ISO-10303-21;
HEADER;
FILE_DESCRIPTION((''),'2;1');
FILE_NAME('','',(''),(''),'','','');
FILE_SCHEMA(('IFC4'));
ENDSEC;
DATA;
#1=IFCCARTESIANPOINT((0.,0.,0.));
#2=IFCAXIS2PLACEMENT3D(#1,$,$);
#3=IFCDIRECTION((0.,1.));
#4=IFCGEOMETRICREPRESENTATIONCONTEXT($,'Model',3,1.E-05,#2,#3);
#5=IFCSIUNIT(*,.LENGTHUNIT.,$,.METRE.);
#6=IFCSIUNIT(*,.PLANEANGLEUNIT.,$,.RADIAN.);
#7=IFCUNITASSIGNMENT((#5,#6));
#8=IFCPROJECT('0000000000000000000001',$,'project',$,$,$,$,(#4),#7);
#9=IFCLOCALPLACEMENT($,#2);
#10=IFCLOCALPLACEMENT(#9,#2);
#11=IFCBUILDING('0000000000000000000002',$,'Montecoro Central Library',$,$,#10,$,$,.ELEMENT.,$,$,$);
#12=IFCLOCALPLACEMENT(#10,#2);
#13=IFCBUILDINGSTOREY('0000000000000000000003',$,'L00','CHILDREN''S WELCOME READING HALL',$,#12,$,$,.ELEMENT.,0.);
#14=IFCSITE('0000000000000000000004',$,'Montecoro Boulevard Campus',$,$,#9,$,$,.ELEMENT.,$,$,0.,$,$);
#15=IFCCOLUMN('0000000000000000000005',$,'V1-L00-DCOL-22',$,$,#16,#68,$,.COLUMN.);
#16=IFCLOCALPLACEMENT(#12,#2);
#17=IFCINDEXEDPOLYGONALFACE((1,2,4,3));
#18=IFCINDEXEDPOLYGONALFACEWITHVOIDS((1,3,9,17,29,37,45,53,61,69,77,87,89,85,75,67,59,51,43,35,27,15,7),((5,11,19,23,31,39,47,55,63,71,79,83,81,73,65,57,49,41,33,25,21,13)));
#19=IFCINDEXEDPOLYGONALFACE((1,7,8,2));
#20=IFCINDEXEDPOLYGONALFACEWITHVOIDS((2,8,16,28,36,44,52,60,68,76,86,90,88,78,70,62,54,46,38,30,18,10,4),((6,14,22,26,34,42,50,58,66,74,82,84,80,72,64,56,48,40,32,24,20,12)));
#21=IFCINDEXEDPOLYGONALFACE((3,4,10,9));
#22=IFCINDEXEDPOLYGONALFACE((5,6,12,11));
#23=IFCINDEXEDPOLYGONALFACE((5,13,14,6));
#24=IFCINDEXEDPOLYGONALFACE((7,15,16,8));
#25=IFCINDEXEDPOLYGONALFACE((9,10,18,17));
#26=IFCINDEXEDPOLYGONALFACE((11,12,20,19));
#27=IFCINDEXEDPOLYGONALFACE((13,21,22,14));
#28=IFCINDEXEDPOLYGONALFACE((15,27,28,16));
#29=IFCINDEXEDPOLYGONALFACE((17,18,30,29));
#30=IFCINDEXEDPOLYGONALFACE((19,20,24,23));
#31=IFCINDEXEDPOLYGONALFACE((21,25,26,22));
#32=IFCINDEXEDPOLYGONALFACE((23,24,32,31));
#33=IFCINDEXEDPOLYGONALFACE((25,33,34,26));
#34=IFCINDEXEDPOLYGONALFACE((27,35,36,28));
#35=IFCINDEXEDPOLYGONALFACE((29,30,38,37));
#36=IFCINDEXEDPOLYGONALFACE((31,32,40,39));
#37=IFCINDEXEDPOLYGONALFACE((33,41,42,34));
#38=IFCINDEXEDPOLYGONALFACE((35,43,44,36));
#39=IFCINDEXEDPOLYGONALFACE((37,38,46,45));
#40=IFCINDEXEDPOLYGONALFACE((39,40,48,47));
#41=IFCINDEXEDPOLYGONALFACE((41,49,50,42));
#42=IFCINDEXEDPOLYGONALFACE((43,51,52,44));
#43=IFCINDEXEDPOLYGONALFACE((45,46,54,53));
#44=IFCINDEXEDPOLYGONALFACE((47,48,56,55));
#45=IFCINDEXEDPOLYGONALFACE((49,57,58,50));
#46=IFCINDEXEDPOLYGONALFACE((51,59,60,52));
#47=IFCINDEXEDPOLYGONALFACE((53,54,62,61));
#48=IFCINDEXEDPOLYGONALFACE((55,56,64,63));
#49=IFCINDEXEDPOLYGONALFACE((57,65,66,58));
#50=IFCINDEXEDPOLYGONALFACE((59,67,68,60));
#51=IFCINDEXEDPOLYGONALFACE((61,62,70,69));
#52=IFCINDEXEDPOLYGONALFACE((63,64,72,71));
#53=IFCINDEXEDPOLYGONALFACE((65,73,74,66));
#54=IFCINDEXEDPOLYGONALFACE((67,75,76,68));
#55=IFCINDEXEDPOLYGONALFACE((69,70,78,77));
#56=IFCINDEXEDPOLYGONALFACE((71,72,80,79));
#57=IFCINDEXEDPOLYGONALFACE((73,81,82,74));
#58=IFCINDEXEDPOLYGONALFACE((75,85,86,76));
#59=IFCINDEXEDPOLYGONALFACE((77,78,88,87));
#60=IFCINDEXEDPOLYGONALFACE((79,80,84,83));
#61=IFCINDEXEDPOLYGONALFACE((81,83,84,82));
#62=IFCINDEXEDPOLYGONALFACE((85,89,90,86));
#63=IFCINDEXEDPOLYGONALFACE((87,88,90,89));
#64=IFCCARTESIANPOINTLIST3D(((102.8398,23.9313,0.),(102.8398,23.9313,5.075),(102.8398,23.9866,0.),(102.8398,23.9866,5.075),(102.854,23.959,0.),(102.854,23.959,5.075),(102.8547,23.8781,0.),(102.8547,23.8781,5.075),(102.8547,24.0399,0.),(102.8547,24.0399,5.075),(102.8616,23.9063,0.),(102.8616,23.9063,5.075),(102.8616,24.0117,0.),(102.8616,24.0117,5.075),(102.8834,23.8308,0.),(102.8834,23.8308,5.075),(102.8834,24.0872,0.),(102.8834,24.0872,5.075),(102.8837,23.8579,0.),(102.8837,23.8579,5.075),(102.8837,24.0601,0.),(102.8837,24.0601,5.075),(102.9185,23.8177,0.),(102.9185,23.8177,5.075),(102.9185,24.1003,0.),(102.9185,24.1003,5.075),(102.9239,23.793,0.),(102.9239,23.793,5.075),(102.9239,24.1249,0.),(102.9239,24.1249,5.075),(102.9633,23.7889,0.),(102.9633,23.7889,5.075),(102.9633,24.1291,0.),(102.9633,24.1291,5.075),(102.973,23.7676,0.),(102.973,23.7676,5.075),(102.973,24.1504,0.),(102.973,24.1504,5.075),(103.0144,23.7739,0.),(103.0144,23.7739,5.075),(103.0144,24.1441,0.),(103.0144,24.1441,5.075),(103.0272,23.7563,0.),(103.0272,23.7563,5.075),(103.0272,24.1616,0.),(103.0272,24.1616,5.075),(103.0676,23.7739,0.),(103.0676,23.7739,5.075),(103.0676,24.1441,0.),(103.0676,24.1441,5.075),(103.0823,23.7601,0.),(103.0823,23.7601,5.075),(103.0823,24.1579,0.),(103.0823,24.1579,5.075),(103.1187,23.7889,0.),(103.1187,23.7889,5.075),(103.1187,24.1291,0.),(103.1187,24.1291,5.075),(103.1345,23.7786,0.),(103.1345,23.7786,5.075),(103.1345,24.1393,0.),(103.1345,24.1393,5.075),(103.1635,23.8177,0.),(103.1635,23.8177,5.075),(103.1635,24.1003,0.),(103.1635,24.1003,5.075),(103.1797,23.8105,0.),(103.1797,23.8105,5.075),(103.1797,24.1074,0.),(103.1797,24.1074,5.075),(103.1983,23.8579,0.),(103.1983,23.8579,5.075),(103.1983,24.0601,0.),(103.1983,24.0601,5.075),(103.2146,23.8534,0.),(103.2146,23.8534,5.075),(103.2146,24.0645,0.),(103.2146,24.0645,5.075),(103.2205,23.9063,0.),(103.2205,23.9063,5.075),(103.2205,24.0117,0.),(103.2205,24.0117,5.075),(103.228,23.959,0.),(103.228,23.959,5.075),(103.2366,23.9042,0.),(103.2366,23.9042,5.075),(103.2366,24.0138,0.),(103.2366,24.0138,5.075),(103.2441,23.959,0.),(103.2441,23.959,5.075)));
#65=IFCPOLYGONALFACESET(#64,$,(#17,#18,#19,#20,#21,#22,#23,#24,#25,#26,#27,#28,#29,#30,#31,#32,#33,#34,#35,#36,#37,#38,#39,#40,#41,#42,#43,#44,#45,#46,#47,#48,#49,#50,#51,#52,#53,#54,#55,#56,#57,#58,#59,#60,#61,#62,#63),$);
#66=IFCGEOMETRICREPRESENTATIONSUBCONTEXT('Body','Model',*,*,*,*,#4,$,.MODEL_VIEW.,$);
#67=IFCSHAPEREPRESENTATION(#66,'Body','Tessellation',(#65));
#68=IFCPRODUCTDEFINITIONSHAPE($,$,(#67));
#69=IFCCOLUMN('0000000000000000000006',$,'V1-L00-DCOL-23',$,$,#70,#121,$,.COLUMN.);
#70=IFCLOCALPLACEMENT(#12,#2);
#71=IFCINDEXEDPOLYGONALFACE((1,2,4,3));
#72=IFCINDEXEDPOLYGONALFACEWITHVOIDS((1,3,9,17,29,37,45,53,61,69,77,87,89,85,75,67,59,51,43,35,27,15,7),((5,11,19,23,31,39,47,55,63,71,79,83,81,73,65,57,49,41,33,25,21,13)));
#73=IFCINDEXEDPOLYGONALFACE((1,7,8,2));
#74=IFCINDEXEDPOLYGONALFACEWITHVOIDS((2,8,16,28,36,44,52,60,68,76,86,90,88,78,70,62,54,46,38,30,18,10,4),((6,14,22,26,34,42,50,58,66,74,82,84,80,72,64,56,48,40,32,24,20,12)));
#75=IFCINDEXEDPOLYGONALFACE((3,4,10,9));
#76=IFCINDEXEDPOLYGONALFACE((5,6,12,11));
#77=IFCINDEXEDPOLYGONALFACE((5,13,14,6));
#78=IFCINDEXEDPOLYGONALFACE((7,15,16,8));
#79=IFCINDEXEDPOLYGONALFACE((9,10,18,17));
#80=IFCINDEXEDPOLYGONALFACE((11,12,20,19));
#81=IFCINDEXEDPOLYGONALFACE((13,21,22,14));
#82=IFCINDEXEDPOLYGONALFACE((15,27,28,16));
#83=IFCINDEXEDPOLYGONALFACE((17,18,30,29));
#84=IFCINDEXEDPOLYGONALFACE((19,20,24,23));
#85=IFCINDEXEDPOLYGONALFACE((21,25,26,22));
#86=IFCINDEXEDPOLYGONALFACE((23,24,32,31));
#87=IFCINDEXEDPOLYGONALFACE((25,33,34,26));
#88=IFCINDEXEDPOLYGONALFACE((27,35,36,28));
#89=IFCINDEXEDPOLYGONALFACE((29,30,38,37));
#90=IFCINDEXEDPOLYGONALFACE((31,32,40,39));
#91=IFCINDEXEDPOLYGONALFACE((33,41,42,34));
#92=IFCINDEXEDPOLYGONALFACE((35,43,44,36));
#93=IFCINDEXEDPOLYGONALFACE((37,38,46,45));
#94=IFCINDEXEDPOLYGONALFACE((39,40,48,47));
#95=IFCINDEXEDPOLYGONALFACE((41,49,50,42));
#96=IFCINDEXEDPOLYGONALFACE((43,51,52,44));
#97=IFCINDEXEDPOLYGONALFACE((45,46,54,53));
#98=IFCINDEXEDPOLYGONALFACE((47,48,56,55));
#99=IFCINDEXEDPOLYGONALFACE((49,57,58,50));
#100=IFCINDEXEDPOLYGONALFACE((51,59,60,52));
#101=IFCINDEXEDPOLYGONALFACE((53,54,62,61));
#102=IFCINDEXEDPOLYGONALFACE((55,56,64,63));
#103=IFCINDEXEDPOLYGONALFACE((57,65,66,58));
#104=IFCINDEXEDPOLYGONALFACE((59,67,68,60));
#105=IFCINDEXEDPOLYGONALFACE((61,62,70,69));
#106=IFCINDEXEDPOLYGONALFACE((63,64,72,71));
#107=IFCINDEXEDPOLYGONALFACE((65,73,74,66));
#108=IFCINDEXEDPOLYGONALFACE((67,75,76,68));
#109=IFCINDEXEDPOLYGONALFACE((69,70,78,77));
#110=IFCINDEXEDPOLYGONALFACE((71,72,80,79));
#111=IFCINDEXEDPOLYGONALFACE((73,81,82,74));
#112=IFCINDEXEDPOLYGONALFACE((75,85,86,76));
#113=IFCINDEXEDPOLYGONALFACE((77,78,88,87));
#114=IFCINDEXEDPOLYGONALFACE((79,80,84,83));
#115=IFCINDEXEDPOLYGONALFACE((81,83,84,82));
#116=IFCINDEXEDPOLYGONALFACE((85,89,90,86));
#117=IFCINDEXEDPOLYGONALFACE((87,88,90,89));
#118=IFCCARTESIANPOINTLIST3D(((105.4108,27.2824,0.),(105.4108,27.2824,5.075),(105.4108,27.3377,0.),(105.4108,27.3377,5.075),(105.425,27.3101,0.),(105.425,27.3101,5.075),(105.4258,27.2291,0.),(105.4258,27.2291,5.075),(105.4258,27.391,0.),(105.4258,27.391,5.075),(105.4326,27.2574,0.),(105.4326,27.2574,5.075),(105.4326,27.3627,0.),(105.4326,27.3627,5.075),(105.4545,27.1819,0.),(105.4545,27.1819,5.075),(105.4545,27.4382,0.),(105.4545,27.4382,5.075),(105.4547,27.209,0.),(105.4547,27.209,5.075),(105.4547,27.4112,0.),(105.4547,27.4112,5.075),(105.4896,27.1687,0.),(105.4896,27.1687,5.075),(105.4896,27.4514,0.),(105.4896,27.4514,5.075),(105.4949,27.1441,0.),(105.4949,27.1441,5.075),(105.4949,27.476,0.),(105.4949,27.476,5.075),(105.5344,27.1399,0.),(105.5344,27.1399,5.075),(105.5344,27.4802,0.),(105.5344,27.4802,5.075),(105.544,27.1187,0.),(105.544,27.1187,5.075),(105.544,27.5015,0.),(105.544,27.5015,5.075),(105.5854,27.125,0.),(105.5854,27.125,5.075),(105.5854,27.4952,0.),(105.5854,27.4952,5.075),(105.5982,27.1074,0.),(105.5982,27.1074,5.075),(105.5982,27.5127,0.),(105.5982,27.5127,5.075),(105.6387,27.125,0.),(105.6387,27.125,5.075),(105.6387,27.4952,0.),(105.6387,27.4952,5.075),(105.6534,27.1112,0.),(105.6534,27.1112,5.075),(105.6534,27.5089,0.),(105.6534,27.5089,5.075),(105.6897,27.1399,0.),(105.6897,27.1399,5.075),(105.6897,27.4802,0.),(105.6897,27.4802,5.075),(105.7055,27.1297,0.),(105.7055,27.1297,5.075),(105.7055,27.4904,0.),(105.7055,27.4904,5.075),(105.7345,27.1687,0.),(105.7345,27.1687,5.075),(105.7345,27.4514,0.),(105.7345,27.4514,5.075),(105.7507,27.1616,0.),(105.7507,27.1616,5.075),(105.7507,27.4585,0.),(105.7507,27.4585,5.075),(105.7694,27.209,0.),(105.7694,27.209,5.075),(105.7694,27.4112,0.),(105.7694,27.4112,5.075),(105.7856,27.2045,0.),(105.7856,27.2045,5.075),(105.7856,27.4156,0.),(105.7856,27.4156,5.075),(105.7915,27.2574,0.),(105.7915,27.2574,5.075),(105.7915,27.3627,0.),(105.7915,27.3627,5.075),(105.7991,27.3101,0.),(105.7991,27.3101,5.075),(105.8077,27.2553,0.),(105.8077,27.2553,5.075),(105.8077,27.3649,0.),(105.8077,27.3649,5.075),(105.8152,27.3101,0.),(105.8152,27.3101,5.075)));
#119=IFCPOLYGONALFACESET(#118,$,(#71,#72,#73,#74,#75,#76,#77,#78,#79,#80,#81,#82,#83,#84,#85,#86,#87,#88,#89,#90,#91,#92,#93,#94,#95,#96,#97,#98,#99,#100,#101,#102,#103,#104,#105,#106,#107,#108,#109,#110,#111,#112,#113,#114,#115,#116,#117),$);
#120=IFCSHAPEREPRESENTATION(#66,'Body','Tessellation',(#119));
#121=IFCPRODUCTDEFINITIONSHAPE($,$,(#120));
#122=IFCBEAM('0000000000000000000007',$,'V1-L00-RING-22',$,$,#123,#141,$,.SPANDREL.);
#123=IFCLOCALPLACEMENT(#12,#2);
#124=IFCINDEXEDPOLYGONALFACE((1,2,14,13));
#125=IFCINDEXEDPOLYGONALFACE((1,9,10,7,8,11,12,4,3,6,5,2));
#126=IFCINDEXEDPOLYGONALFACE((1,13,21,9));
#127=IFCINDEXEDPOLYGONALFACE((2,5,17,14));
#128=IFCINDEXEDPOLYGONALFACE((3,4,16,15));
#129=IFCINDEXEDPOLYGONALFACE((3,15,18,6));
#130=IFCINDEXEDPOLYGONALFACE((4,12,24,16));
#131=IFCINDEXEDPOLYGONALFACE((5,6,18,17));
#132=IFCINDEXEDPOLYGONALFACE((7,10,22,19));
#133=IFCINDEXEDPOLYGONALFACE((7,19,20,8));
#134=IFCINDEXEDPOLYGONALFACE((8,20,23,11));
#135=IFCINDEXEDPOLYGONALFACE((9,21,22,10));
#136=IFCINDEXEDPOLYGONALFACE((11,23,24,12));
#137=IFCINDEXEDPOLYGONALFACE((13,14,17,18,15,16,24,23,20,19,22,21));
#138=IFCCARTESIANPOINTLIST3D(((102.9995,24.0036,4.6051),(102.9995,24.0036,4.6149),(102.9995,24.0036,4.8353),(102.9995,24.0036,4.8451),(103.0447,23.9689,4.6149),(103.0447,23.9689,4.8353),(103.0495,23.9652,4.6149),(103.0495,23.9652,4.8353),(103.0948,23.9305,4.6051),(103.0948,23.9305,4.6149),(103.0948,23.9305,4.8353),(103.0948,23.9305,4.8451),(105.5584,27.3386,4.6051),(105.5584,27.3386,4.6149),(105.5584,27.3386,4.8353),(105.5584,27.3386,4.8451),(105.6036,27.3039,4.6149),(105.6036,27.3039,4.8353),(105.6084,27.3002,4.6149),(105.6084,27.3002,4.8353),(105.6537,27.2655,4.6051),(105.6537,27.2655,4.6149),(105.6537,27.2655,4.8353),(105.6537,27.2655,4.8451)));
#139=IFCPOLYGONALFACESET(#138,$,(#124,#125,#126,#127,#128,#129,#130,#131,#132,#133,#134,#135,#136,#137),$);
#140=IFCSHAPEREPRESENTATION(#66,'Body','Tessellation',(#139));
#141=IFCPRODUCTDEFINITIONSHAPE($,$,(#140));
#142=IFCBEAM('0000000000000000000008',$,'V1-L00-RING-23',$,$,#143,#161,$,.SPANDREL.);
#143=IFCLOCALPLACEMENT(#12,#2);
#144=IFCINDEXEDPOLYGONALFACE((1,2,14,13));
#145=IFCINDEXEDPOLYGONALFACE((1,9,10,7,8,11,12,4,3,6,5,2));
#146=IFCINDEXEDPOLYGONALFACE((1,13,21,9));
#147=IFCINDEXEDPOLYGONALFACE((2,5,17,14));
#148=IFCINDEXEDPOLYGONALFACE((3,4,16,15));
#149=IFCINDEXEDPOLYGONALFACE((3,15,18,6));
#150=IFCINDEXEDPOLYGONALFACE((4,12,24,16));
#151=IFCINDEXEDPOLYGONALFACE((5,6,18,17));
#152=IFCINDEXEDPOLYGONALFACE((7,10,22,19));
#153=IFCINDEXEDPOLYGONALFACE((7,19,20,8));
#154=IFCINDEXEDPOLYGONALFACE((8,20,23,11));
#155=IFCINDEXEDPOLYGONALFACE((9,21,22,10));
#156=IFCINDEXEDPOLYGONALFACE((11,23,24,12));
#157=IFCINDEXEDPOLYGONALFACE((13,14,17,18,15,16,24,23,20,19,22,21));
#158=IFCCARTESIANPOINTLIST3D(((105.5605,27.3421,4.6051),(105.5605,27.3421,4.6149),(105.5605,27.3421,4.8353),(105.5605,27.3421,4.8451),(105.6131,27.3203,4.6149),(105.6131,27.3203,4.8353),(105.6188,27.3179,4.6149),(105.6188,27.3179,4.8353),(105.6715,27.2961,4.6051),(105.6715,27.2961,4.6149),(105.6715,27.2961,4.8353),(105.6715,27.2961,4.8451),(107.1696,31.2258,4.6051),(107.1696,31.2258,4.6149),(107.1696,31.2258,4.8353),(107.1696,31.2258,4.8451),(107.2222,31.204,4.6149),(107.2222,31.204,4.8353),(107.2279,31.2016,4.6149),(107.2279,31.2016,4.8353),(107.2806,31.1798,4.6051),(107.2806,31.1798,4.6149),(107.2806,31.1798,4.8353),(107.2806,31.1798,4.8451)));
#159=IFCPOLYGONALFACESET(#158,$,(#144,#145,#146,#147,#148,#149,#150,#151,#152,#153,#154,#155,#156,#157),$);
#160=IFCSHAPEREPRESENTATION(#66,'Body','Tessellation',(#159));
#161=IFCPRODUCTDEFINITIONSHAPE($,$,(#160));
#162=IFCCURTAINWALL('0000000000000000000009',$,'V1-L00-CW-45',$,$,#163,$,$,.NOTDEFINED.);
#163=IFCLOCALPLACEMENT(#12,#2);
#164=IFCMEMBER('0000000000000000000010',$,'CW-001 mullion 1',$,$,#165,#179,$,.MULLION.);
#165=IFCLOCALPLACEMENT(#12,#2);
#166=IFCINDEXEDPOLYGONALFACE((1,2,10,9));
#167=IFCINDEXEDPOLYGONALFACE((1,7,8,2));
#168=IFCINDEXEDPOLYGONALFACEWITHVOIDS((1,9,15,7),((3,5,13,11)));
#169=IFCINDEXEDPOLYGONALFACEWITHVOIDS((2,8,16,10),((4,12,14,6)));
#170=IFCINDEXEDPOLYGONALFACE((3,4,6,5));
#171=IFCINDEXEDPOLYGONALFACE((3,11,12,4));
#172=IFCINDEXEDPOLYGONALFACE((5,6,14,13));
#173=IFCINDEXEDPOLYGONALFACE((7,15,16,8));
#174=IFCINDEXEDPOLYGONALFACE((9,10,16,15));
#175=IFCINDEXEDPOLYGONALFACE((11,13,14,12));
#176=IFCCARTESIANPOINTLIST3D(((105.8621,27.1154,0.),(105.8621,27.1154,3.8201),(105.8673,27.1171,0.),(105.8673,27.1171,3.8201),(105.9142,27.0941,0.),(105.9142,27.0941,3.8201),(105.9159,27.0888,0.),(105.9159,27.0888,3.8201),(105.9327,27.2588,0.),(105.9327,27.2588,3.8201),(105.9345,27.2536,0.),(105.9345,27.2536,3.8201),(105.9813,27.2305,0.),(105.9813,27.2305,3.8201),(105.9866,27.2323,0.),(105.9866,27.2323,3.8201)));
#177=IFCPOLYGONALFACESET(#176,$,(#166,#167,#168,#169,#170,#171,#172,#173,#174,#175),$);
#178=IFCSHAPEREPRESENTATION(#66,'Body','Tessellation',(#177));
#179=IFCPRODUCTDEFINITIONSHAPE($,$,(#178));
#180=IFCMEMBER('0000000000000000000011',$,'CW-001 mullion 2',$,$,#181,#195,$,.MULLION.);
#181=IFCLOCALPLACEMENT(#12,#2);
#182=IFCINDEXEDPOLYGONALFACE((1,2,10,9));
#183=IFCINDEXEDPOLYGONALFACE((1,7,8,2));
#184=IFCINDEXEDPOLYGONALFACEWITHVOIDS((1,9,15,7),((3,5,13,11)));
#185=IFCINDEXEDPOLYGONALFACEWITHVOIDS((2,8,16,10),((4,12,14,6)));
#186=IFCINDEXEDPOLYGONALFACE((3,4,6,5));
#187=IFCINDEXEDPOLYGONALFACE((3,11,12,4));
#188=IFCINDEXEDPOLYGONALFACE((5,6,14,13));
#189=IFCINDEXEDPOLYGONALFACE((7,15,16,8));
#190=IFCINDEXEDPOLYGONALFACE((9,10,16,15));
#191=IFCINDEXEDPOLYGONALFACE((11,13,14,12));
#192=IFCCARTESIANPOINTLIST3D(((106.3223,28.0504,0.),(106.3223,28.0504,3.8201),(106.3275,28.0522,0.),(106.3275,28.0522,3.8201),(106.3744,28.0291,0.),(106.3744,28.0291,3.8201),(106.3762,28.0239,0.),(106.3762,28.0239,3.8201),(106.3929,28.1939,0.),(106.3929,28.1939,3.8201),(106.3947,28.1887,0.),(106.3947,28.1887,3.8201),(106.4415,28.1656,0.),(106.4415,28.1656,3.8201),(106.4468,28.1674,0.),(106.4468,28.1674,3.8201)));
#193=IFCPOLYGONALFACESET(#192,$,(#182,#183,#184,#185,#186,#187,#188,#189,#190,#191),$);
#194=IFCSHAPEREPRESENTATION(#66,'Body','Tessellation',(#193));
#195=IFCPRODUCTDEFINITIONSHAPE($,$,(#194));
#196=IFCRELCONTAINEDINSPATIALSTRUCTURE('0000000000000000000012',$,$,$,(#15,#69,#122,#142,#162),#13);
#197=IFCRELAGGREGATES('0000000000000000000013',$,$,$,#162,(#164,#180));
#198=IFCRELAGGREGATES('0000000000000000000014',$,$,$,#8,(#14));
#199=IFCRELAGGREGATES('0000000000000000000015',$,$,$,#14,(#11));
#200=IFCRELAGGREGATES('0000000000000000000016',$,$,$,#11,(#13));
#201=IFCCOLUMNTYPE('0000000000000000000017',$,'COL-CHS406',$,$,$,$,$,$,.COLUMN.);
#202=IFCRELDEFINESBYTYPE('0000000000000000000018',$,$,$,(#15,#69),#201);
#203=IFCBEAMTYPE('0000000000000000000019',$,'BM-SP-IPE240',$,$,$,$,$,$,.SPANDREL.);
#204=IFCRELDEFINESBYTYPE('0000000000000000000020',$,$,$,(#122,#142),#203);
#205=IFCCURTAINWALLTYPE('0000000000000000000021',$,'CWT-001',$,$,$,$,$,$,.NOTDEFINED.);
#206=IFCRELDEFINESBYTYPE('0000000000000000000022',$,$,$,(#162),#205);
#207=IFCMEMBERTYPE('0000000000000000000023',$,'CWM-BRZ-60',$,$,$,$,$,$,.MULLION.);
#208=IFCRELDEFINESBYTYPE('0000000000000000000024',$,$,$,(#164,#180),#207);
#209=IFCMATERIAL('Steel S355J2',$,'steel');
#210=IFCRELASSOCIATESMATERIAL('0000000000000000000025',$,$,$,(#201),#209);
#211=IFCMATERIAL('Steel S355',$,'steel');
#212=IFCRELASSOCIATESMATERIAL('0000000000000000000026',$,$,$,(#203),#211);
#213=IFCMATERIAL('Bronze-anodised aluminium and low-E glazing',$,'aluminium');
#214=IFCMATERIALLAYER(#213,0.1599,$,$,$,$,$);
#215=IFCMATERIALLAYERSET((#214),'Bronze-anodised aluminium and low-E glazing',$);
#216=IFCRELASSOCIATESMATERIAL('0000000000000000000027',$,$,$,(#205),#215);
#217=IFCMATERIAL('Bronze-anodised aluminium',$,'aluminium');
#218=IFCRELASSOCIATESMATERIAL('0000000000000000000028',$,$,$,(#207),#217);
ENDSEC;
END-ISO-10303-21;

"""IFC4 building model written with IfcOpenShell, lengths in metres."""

from ifc_helpers import new_model, si_unit, direction, frame, origin, origin_2d, place, context, subcontext, project, spatial, hollow_rectangle, hollow_circle, i_section, extrude, material, layer, layer_set, material_profile, profile_set, type_object, element, aggregate, save


model = new_model("IFC4")

# Units and contexts
model_context = context("Model", 3, precision=1e-05, world=origin(), true_north=direction((0.0, 1.0)))
body_context = subcontext(model_context, "Body", "Model", "MODEL_VIEW")
ifc_project = project(units=[si_unit("LENGTHUNIT", "METRE"), si_unit("PLANEANGLEUNIT", "RADIAN")], contexts=[model_context])

# Site, building, storey
site_placement = place(None, origin())
site = spatial("IfcSite", under=ifc_project, at=site_placement, Name="Montecoro Boulevard Campus", CompositionType="ELEMENT", RefElevation=0.0)
building_placement = place(site_placement, origin())
building = spatial("IfcBuilding", under=site, at=building_placement, Name="Montecoro Central Library", CompositionType="ELEMENT")
storey_placement = place(building_placement, origin())
storey = spatial("IfcBuildingStorey", under=building, at=storey_placement, Name="L00", Description="CHILDREN'S WELCOME READING HALL", CompositionType="ELEMENT", Elevation=0.0)

# Columns
ifc_material_1 = material(Name="Steel S355J2", Category="steel")
ifc_material_profile_1 = material_profile(ifc_material_1, hollow_circle(Radius=0.2031, WallThickness=0.0161, at=origin_2d()), Name="CHS 406.4x16.0")
ifc_profile_set_1 = profile_set([ifc_material_profile_1], Name="Steel S355J2")
column_type = type_object("IfcColumnType", Name="COL-CHS406", PredefinedType="COLUMN", material=ifc_profile_set_1)
for number, where, z_axis, x_axis, name in (
    (1, (103.041, 23.959, 0.0), (0.0, 0.0, 1.0), (1.0, 0.0, 0.0), "V1-L00-DCOL-22"),
    (2, (105.6121, 27.3101, 0.0), (0.0, 0.0, 1.0), (1.0, 0.0, 0.0), "V1-L00-DCOL-23"),
):
    element("IfcColumn", number, at=place(storey_placement, frame(where, z_axis=z_axis, x_axis=x_axis)), inside=storey, type_object=column_type, Name=name, PredefinedType="COLUMN", context=body_context, shape_type="SweptSolid", body=[
        extrude(hollow_circle(Radius=0.2031, WallThickness=0.0161, at=origin_2d()), origin(), (0.0, 0.0, 1.0), 5.075),
    ])

# Beams
ifc_material_2 = material(Name="Steel S355", Category="steel")
ifc_material_profile_2 = material_profile(ifc_material_2, i_section(OverallWidth=0.1201, OverallDepth=0.24, WebThickness=0.0061, FlangeThickness=0.0098, at=origin_2d()), Name="IPE 240")
ifc_profile_set_2 = profile_set([ifc_material_profile_2], Name="Steel S355")
beam_type = type_object("IfcBeamType", Name="BM-SP-IPE240", PredefinedType="SPANDREL", material=ifc_profile_set_2)
beam_1_placement = place(storey_placement, frame((103.0471, 23.967, 4.7251), z_axis=(0.608736, 0.793373, 0.0), x_axis=(-0.793373, 0.608736, 0.0)))
element("IfcBeam", 3, at=beam_1_placement, inside=storey, type_object=beam_type, Name="V1-L00-RING-22", PredefinedType="SPANDREL", context=body_context, shape_type="SweptSolid", body=[
    extrude(i_section(OverallWidth=0.1201, OverallDepth=0.24, WebThickness=0.0061, FlangeThickness=0.0098, at=origin_2d()), origin(), (0.0, 0.0, 1.0), 4.2036),
])
beam_2_placement = place(storey_placement, frame((105.616, 27.3191, 4.7251), z_axis=(0.382767, 0.923845, 0.0), x_axis=(-0.923845, 0.382767, 0.0)))
element("IfcBeam", 4, at=beam_2_placement, inside=storey, type_object=beam_type, Name="V1-L00-RING-23", PredefinedType="SPANDREL", context=body_context, shape_type="SweptSolid", body=[
    extrude(i_section(OverallWidth=0.1201, OverallDepth=0.24, WebThickness=0.0061, FlangeThickness=0.0098, at=origin_2d()), origin(), (0.0, 0.0, 1.0), 4.2039),
])

# Curtain wall, members
ifc_material_3 = material(Name="Bronze-anodised aluminium and low-E glazing", Category="aluminium")
ifc_layer_1 = layer(ifc_material_3, 0.1599)
ifc_layer_set_1 = layer_set([ifc_layer_1], Name="Bronze-anodised aluminium and low-E glazing")
curtain_wall_type = type_object("IfcCurtainWallType", Name="CWT-001", PredefinedType="NOTDEFINED", material=ifc_layer_set_1)
curtain_wall_placement = place(storey_placement, origin())
curtain_wall = element("IfcCurtainWall", 5, at=curtain_wall_placement, inside=storey, type_object=curtain_wall_type, Name="V1-L00-CW-45", PredefinedType="NOTDEFINED")
ifc_material_4 = material(Name="Bronze-anodised aluminium", Category="aluminium")
ifc_material_profile_3 = material_profile(ifc_material_4, hollow_rectangle(XDim=0.0601, YDim=0.1599, WallThickness=0.0039, at=origin_2d()), Name="CWM 160x60x4.0")
ifc_profile_set_3 = profile_set([ifc_material_profile_3], Name="Bronze-anodised aluminium")
member_type_1 = type_object("IfcMemberType", Name="CWM-BRZ-60", PredefinedType="MULLION", material=ifc_profile_set_3)
member_1_placement = place(storey_placement, frame((105.9243, 27.1738, 0.0), z_axis=(0.0, 0.0, 1.0), x_axis=(-0.897208, 0.441609, 0.0)))
member_1 = element("IfcMember", 6, at=member_1_placement, type_object=member_type_1, Name="CW-001 mullion 1", PredefinedType="MULLION", context=body_context, shape_type="SweptSolid", body=[
    extrude(hollow_rectangle(XDim=0.0601, YDim=0.1599, WallThickness=0.0039, at=origin_2d()), origin(), (0.0, 0.0, 1.0), 3.8201),
])
member_2_placement = place(storey_placement, frame((106.3845, 28.1089, 0.0), z_axis=(0.0, 0.0, 1.0), x_axis=(-0.897208, 0.441609, 0.0)))
member_2 = element("IfcMember", 7, at=member_2_placement, type_object=member_type_1, Name="CW-001 mullion 2", PredefinedType="MULLION", context=body_context, shape_type="SweptSolid", body=[
    extrude(hollow_rectangle(XDim=0.0601, YDim=0.1599, WallThickness=0.0039, at=origin_2d()), origin(), (0.0, 0.0, 1.0), 3.8201),
])
aggregate(curtain_wall, [member_1, member_2])

save(model, "model.ifc")
